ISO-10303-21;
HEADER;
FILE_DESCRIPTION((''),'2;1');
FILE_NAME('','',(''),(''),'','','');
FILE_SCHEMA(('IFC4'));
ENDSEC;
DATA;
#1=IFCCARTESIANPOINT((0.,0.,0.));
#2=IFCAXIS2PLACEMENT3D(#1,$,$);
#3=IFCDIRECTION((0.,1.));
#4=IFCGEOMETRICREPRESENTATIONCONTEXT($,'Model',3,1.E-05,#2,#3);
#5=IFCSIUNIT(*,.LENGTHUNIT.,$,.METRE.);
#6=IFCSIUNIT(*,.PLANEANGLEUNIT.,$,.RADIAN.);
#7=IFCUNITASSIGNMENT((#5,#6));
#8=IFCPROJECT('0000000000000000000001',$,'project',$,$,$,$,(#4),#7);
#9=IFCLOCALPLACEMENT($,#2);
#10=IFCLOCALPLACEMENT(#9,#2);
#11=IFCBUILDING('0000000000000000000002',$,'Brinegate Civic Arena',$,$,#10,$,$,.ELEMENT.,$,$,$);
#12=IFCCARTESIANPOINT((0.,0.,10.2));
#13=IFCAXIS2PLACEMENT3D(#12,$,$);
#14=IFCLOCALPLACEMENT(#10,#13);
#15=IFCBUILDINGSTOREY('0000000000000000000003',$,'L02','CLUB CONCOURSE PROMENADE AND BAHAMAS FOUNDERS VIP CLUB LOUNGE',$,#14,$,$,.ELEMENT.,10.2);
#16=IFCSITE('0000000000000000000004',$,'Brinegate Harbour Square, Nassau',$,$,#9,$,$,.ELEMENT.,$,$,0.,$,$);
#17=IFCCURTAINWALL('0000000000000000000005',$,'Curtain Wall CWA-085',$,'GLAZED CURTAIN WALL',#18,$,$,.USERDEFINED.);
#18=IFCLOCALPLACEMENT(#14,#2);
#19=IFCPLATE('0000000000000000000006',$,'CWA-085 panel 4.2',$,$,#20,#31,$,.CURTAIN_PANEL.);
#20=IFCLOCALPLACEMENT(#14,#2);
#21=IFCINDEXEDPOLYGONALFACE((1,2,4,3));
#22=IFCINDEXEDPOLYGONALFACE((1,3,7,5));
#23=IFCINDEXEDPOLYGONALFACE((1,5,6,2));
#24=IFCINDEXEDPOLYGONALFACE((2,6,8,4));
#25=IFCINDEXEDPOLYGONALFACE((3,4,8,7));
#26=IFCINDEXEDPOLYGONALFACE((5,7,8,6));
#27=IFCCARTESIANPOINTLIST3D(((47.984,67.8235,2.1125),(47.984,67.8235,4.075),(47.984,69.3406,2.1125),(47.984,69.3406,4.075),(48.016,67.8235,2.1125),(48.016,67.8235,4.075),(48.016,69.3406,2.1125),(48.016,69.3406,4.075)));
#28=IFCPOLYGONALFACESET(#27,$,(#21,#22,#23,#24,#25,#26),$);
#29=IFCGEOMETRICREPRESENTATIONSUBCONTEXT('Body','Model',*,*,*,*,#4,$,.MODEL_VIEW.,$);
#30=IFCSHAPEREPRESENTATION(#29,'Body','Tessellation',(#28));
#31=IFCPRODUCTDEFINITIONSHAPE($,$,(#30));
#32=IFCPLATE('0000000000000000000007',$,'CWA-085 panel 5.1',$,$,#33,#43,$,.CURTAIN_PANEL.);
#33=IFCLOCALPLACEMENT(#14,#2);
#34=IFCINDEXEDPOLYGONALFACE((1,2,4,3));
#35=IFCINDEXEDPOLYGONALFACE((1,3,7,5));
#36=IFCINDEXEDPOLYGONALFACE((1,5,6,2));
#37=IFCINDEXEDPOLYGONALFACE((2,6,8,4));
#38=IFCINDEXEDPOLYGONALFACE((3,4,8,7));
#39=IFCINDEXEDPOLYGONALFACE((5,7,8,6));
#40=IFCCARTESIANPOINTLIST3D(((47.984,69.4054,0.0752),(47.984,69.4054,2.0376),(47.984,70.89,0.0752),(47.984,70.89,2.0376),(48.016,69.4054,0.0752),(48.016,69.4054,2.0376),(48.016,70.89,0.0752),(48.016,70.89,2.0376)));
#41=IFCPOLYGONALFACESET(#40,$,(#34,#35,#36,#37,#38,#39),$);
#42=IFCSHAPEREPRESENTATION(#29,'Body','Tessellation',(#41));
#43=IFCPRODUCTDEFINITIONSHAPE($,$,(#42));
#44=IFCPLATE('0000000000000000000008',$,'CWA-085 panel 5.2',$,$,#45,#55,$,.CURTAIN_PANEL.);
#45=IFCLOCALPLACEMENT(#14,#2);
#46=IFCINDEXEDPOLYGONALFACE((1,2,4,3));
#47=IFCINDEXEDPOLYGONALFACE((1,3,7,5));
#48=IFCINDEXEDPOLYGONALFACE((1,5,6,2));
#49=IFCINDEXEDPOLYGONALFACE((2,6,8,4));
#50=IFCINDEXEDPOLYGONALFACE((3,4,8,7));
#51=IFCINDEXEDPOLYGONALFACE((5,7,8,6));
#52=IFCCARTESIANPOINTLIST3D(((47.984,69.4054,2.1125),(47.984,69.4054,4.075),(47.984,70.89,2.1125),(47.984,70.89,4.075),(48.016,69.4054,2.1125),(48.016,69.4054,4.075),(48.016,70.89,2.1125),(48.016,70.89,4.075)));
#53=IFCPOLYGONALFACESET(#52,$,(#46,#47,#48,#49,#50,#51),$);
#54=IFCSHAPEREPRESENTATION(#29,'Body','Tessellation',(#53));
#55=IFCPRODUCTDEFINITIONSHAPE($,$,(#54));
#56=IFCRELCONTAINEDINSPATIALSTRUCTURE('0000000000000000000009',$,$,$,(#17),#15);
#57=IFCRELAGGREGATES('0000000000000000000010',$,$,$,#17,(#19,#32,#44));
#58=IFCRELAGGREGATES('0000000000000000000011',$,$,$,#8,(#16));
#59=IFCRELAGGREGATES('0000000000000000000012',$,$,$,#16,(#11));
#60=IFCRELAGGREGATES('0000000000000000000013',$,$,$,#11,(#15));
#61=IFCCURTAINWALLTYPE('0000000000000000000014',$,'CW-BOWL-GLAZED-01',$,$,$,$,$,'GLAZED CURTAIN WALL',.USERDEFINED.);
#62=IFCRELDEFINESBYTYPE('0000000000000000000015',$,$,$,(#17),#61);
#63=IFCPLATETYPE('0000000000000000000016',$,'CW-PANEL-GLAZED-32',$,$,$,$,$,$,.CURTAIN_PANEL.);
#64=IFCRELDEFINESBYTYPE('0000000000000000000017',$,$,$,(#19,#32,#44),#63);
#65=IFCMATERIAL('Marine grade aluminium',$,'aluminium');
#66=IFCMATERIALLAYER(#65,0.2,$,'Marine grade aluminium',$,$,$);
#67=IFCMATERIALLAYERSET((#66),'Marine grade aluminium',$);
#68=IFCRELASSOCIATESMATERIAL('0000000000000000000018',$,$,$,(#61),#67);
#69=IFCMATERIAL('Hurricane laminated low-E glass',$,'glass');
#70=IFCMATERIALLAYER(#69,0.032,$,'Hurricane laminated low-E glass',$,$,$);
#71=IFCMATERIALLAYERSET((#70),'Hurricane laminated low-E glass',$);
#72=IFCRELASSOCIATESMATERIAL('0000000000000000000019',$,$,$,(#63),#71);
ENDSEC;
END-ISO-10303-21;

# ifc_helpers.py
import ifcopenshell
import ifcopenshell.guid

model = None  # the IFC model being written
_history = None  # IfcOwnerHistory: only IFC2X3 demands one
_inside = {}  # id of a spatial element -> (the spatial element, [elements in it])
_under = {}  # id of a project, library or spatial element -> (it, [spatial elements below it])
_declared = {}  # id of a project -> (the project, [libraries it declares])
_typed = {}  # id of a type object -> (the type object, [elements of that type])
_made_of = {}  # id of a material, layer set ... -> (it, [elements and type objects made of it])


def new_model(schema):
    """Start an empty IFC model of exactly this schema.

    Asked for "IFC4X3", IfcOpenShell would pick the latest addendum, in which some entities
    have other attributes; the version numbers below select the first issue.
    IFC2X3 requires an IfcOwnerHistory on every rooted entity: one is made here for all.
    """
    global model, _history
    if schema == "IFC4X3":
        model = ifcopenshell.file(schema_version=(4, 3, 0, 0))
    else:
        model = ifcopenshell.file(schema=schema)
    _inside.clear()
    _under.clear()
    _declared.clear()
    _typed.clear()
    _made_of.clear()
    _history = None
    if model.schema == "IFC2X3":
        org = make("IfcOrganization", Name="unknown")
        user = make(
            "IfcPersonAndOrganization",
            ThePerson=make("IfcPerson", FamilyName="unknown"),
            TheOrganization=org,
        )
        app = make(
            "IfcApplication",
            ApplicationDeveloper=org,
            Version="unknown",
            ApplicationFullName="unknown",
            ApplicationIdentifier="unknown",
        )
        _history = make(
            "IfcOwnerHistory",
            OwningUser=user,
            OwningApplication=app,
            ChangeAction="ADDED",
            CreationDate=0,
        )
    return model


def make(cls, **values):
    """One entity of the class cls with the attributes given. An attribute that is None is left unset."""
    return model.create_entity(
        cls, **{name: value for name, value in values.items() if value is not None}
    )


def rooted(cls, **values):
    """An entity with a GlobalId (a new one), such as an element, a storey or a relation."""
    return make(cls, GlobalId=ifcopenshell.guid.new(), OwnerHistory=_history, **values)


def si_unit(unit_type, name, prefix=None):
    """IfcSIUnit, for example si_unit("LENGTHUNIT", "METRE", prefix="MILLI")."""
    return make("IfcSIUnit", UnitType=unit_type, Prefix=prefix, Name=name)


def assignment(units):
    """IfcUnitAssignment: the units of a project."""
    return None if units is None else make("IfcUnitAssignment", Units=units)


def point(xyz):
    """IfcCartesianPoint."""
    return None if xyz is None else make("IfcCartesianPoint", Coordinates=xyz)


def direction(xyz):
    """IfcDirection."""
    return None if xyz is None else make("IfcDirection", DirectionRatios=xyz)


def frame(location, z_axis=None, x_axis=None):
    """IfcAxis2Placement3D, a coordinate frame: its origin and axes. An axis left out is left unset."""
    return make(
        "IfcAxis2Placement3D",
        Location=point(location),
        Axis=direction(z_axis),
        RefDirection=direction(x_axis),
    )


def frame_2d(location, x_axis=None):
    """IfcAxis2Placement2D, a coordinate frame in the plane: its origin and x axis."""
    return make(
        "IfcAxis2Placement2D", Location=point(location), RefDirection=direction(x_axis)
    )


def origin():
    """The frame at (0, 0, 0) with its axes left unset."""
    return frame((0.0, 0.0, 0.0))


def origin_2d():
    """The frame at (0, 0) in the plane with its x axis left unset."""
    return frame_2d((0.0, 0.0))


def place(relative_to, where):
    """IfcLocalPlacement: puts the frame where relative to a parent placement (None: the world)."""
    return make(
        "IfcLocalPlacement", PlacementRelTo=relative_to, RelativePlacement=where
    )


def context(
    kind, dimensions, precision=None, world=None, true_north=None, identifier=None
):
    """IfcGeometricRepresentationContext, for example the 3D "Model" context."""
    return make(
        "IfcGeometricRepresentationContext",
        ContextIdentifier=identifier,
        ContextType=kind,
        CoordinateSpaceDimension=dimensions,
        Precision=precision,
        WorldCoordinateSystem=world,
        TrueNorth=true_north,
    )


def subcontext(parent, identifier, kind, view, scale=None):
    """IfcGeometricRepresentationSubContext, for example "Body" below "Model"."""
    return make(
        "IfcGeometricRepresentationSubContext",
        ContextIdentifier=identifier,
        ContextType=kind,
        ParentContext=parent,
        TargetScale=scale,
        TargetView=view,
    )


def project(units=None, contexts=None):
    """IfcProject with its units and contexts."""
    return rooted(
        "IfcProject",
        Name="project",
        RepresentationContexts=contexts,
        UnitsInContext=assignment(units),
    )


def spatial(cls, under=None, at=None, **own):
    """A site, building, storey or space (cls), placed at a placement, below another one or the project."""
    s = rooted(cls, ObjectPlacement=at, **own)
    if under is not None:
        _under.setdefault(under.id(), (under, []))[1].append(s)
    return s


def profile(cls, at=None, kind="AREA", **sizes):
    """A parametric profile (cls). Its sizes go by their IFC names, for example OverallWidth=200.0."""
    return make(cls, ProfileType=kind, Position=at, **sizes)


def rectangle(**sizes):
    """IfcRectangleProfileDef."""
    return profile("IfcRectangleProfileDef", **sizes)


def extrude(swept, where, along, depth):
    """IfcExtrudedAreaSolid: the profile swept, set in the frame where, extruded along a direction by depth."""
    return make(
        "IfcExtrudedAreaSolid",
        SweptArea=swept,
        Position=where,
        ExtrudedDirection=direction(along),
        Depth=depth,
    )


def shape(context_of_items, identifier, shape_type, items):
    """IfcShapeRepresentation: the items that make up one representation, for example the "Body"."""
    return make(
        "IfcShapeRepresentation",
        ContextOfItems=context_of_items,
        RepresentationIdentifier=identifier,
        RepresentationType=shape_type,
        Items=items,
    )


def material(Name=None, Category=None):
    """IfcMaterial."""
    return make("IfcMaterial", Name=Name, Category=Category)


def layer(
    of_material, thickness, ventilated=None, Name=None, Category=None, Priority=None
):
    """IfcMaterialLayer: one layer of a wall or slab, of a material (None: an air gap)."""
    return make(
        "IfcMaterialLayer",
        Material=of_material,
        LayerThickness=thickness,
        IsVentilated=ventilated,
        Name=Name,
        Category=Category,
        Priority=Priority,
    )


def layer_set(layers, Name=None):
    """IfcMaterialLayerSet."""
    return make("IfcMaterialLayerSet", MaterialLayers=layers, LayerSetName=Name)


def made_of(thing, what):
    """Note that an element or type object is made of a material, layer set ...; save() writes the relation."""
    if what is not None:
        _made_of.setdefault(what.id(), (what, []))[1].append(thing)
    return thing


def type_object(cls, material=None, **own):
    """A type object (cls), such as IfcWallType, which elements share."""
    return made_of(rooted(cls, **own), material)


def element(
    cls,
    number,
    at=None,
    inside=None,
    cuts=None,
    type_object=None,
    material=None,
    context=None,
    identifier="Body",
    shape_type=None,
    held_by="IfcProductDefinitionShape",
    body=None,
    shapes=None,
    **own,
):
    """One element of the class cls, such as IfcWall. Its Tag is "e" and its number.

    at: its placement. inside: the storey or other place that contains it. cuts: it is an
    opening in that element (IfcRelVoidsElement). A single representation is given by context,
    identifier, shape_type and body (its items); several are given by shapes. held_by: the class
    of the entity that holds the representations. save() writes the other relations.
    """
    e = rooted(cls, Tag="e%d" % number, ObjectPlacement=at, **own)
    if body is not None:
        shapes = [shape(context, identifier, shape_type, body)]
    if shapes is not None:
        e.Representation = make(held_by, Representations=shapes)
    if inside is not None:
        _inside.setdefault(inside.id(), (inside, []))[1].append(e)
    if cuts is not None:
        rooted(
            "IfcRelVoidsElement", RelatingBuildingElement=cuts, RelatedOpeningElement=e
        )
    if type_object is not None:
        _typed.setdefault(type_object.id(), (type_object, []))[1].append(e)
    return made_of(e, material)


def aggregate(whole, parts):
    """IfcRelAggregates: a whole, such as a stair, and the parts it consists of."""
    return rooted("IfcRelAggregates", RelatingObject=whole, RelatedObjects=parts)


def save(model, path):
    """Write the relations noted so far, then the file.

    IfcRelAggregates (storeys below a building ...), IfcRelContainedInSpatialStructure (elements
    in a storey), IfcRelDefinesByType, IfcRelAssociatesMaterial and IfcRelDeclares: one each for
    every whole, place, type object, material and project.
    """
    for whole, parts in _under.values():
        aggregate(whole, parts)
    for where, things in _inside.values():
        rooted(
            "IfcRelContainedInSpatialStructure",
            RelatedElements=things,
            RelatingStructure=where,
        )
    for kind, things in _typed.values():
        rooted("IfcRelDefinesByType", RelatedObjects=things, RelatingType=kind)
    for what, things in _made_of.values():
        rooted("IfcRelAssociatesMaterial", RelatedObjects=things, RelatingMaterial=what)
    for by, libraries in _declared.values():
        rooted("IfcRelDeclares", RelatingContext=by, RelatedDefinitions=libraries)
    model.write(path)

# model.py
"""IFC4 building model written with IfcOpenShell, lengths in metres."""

from ifc_helpers import new_model, si_unit, direction, frame, origin, origin_2d, place, context, subcontext, project, spatial, rectangle, extrude, material, layer, layer_set, type_object, element, aggregate, save


model = new_model("IFC4")

# Units and contexts
model_context = context("Model", 3, precision=1e-05, world=origin(), true_north=direction((0.0, 1.0)))
body_context = subcontext(model_context, "Body", "Model", "MODEL_VIEW")
ifc_project = project(units=[si_unit("LENGTHUNIT", "METRE"), si_unit("PLANEANGLEUNIT", "RADIAN")], contexts=[model_context])

# Site, building, storey
site_placement = place(None, origin())
site = spatial("IfcSite", under=ifc_project, at=site_placement, Name="Brinegate Harbour Square, Nassau", CompositionType="ELEMENT", RefElevation=0.0)
building_placement = place(site_placement, origin())
building = spatial("IfcBuilding", under=site, at=building_placement, Name="Brinegate Civic Arena", CompositionType="ELEMENT")
storey_placement = place(building_placement, frame((0.0, 0.0, 10.2)))
storey = spatial("IfcBuildingStorey", under=building, at=storey_placement, Name="L02", Description="CLUB CONCOURSE PROMENADE AND BAHAMAS FOUNDERS VIP CLUB LOUNGE", CompositionType="ELEMENT", Elevation=10.2)

# Curtain wall
ifc_material_1 = material(Name="Marine grade aluminium", Category="aluminium")
ifc_layer_1 = layer(ifc_material_1, 0.2, Name="Marine grade aluminium")
ifc_layer_set_1 = layer_set([ifc_layer_1], Name="Marine grade aluminium")
curtain_wall_type = type_object("IfcCurtainWallType", Name="CW-BOWL-GLAZED-01", ElementType="GLAZED CURTAIN WALL", PredefinedType="USERDEFINED", material=ifc_layer_set_1)
curtain_wall_1_placement = place(storey_placement, origin())
curtain_wall_1 = element("IfcCurtainWall", 1, at=curtain_wall_1_placement, inside=storey, type_object=curtain_wall_type, Name="Curtain Wall CWA-085", ObjectType="GLAZED CURTAIN WALL", PredefinedType="USERDEFINED")

# Plates
ifc_material_2 = material(Name="Hurricane laminated low-E glass", Category="glass")
ifc_layer_2 = layer(ifc_material_2, 0.032, Name="Hurricane laminated low-E glass")
ifc_layer_set_2 = layer_set([ifc_layer_2], Name="Hurricane laminated low-E glass")
plate_type = type_object("IfcPlateType", Name="CW-PANEL-GLAZED-32", PredefinedType="CURTAIN_PANEL", material=ifc_layer_set_2)
plate_1_placement = place(storey_placement, frame((48.0, 68.582, 2.1125), z_axis=(0.0, 0.0, 1.0), x_axis=(0.0, 1.0, 0.0)))
plate_1 = element("IfcPlate", 2, at=plate_1_placement, type_object=plate_type, Name="CWA-085 panel 4.2", PredefinedType="CURTAIN_PANEL", context=body_context, shape_type="SweptSolid", body=[
    extrude(rectangle(XDim=1.5171, YDim=0.032, at=origin_2d()), origin(), (0.0, 0.0, 1.0), 1.9624),
])
plate_2_placement = place(storey_placement, frame((48.0, 70.1477, 0.0752), z_axis=(0.0, 0.0, 1.0), x_axis=(0.0, 1.0, 0.0)))
plate_2 = element("IfcPlate", 3, at=plate_2_placement, type_object=plate_type, Name="CWA-085 panel 5.1", PredefinedType="CURTAIN_PANEL", context=body_context, shape_type="SweptSolid", body=[
    extrude(rectangle(XDim=1.4846, YDim=0.032, at=origin_2d()), origin(), (0.0, 0.0, 1.0), 1.9624),
])
plate_3_placement = place(storey_placement, frame((48.0, 70.1477, 2.1125), z_axis=(0.0, 0.0, 1.0), x_axis=(0.0, 1.0, 0.0)))
plate_3 = element("IfcPlate", 4, at=plate_3_placement, type_object=plate_type, Name="CWA-085 panel 5.2", PredefinedType="CURTAIN_PANEL", context=body_context, shape_type="SweptSolid", body=[
    extrude(rectangle(XDim=1.4846, YDim=0.032, at=origin_2d()), origin(), (0.0, 0.0, 1.0), 1.9624),
])
aggregate(curtain_wall_1, [plate_1, plate_2, plate_3])

save(model, "model.ifc")
